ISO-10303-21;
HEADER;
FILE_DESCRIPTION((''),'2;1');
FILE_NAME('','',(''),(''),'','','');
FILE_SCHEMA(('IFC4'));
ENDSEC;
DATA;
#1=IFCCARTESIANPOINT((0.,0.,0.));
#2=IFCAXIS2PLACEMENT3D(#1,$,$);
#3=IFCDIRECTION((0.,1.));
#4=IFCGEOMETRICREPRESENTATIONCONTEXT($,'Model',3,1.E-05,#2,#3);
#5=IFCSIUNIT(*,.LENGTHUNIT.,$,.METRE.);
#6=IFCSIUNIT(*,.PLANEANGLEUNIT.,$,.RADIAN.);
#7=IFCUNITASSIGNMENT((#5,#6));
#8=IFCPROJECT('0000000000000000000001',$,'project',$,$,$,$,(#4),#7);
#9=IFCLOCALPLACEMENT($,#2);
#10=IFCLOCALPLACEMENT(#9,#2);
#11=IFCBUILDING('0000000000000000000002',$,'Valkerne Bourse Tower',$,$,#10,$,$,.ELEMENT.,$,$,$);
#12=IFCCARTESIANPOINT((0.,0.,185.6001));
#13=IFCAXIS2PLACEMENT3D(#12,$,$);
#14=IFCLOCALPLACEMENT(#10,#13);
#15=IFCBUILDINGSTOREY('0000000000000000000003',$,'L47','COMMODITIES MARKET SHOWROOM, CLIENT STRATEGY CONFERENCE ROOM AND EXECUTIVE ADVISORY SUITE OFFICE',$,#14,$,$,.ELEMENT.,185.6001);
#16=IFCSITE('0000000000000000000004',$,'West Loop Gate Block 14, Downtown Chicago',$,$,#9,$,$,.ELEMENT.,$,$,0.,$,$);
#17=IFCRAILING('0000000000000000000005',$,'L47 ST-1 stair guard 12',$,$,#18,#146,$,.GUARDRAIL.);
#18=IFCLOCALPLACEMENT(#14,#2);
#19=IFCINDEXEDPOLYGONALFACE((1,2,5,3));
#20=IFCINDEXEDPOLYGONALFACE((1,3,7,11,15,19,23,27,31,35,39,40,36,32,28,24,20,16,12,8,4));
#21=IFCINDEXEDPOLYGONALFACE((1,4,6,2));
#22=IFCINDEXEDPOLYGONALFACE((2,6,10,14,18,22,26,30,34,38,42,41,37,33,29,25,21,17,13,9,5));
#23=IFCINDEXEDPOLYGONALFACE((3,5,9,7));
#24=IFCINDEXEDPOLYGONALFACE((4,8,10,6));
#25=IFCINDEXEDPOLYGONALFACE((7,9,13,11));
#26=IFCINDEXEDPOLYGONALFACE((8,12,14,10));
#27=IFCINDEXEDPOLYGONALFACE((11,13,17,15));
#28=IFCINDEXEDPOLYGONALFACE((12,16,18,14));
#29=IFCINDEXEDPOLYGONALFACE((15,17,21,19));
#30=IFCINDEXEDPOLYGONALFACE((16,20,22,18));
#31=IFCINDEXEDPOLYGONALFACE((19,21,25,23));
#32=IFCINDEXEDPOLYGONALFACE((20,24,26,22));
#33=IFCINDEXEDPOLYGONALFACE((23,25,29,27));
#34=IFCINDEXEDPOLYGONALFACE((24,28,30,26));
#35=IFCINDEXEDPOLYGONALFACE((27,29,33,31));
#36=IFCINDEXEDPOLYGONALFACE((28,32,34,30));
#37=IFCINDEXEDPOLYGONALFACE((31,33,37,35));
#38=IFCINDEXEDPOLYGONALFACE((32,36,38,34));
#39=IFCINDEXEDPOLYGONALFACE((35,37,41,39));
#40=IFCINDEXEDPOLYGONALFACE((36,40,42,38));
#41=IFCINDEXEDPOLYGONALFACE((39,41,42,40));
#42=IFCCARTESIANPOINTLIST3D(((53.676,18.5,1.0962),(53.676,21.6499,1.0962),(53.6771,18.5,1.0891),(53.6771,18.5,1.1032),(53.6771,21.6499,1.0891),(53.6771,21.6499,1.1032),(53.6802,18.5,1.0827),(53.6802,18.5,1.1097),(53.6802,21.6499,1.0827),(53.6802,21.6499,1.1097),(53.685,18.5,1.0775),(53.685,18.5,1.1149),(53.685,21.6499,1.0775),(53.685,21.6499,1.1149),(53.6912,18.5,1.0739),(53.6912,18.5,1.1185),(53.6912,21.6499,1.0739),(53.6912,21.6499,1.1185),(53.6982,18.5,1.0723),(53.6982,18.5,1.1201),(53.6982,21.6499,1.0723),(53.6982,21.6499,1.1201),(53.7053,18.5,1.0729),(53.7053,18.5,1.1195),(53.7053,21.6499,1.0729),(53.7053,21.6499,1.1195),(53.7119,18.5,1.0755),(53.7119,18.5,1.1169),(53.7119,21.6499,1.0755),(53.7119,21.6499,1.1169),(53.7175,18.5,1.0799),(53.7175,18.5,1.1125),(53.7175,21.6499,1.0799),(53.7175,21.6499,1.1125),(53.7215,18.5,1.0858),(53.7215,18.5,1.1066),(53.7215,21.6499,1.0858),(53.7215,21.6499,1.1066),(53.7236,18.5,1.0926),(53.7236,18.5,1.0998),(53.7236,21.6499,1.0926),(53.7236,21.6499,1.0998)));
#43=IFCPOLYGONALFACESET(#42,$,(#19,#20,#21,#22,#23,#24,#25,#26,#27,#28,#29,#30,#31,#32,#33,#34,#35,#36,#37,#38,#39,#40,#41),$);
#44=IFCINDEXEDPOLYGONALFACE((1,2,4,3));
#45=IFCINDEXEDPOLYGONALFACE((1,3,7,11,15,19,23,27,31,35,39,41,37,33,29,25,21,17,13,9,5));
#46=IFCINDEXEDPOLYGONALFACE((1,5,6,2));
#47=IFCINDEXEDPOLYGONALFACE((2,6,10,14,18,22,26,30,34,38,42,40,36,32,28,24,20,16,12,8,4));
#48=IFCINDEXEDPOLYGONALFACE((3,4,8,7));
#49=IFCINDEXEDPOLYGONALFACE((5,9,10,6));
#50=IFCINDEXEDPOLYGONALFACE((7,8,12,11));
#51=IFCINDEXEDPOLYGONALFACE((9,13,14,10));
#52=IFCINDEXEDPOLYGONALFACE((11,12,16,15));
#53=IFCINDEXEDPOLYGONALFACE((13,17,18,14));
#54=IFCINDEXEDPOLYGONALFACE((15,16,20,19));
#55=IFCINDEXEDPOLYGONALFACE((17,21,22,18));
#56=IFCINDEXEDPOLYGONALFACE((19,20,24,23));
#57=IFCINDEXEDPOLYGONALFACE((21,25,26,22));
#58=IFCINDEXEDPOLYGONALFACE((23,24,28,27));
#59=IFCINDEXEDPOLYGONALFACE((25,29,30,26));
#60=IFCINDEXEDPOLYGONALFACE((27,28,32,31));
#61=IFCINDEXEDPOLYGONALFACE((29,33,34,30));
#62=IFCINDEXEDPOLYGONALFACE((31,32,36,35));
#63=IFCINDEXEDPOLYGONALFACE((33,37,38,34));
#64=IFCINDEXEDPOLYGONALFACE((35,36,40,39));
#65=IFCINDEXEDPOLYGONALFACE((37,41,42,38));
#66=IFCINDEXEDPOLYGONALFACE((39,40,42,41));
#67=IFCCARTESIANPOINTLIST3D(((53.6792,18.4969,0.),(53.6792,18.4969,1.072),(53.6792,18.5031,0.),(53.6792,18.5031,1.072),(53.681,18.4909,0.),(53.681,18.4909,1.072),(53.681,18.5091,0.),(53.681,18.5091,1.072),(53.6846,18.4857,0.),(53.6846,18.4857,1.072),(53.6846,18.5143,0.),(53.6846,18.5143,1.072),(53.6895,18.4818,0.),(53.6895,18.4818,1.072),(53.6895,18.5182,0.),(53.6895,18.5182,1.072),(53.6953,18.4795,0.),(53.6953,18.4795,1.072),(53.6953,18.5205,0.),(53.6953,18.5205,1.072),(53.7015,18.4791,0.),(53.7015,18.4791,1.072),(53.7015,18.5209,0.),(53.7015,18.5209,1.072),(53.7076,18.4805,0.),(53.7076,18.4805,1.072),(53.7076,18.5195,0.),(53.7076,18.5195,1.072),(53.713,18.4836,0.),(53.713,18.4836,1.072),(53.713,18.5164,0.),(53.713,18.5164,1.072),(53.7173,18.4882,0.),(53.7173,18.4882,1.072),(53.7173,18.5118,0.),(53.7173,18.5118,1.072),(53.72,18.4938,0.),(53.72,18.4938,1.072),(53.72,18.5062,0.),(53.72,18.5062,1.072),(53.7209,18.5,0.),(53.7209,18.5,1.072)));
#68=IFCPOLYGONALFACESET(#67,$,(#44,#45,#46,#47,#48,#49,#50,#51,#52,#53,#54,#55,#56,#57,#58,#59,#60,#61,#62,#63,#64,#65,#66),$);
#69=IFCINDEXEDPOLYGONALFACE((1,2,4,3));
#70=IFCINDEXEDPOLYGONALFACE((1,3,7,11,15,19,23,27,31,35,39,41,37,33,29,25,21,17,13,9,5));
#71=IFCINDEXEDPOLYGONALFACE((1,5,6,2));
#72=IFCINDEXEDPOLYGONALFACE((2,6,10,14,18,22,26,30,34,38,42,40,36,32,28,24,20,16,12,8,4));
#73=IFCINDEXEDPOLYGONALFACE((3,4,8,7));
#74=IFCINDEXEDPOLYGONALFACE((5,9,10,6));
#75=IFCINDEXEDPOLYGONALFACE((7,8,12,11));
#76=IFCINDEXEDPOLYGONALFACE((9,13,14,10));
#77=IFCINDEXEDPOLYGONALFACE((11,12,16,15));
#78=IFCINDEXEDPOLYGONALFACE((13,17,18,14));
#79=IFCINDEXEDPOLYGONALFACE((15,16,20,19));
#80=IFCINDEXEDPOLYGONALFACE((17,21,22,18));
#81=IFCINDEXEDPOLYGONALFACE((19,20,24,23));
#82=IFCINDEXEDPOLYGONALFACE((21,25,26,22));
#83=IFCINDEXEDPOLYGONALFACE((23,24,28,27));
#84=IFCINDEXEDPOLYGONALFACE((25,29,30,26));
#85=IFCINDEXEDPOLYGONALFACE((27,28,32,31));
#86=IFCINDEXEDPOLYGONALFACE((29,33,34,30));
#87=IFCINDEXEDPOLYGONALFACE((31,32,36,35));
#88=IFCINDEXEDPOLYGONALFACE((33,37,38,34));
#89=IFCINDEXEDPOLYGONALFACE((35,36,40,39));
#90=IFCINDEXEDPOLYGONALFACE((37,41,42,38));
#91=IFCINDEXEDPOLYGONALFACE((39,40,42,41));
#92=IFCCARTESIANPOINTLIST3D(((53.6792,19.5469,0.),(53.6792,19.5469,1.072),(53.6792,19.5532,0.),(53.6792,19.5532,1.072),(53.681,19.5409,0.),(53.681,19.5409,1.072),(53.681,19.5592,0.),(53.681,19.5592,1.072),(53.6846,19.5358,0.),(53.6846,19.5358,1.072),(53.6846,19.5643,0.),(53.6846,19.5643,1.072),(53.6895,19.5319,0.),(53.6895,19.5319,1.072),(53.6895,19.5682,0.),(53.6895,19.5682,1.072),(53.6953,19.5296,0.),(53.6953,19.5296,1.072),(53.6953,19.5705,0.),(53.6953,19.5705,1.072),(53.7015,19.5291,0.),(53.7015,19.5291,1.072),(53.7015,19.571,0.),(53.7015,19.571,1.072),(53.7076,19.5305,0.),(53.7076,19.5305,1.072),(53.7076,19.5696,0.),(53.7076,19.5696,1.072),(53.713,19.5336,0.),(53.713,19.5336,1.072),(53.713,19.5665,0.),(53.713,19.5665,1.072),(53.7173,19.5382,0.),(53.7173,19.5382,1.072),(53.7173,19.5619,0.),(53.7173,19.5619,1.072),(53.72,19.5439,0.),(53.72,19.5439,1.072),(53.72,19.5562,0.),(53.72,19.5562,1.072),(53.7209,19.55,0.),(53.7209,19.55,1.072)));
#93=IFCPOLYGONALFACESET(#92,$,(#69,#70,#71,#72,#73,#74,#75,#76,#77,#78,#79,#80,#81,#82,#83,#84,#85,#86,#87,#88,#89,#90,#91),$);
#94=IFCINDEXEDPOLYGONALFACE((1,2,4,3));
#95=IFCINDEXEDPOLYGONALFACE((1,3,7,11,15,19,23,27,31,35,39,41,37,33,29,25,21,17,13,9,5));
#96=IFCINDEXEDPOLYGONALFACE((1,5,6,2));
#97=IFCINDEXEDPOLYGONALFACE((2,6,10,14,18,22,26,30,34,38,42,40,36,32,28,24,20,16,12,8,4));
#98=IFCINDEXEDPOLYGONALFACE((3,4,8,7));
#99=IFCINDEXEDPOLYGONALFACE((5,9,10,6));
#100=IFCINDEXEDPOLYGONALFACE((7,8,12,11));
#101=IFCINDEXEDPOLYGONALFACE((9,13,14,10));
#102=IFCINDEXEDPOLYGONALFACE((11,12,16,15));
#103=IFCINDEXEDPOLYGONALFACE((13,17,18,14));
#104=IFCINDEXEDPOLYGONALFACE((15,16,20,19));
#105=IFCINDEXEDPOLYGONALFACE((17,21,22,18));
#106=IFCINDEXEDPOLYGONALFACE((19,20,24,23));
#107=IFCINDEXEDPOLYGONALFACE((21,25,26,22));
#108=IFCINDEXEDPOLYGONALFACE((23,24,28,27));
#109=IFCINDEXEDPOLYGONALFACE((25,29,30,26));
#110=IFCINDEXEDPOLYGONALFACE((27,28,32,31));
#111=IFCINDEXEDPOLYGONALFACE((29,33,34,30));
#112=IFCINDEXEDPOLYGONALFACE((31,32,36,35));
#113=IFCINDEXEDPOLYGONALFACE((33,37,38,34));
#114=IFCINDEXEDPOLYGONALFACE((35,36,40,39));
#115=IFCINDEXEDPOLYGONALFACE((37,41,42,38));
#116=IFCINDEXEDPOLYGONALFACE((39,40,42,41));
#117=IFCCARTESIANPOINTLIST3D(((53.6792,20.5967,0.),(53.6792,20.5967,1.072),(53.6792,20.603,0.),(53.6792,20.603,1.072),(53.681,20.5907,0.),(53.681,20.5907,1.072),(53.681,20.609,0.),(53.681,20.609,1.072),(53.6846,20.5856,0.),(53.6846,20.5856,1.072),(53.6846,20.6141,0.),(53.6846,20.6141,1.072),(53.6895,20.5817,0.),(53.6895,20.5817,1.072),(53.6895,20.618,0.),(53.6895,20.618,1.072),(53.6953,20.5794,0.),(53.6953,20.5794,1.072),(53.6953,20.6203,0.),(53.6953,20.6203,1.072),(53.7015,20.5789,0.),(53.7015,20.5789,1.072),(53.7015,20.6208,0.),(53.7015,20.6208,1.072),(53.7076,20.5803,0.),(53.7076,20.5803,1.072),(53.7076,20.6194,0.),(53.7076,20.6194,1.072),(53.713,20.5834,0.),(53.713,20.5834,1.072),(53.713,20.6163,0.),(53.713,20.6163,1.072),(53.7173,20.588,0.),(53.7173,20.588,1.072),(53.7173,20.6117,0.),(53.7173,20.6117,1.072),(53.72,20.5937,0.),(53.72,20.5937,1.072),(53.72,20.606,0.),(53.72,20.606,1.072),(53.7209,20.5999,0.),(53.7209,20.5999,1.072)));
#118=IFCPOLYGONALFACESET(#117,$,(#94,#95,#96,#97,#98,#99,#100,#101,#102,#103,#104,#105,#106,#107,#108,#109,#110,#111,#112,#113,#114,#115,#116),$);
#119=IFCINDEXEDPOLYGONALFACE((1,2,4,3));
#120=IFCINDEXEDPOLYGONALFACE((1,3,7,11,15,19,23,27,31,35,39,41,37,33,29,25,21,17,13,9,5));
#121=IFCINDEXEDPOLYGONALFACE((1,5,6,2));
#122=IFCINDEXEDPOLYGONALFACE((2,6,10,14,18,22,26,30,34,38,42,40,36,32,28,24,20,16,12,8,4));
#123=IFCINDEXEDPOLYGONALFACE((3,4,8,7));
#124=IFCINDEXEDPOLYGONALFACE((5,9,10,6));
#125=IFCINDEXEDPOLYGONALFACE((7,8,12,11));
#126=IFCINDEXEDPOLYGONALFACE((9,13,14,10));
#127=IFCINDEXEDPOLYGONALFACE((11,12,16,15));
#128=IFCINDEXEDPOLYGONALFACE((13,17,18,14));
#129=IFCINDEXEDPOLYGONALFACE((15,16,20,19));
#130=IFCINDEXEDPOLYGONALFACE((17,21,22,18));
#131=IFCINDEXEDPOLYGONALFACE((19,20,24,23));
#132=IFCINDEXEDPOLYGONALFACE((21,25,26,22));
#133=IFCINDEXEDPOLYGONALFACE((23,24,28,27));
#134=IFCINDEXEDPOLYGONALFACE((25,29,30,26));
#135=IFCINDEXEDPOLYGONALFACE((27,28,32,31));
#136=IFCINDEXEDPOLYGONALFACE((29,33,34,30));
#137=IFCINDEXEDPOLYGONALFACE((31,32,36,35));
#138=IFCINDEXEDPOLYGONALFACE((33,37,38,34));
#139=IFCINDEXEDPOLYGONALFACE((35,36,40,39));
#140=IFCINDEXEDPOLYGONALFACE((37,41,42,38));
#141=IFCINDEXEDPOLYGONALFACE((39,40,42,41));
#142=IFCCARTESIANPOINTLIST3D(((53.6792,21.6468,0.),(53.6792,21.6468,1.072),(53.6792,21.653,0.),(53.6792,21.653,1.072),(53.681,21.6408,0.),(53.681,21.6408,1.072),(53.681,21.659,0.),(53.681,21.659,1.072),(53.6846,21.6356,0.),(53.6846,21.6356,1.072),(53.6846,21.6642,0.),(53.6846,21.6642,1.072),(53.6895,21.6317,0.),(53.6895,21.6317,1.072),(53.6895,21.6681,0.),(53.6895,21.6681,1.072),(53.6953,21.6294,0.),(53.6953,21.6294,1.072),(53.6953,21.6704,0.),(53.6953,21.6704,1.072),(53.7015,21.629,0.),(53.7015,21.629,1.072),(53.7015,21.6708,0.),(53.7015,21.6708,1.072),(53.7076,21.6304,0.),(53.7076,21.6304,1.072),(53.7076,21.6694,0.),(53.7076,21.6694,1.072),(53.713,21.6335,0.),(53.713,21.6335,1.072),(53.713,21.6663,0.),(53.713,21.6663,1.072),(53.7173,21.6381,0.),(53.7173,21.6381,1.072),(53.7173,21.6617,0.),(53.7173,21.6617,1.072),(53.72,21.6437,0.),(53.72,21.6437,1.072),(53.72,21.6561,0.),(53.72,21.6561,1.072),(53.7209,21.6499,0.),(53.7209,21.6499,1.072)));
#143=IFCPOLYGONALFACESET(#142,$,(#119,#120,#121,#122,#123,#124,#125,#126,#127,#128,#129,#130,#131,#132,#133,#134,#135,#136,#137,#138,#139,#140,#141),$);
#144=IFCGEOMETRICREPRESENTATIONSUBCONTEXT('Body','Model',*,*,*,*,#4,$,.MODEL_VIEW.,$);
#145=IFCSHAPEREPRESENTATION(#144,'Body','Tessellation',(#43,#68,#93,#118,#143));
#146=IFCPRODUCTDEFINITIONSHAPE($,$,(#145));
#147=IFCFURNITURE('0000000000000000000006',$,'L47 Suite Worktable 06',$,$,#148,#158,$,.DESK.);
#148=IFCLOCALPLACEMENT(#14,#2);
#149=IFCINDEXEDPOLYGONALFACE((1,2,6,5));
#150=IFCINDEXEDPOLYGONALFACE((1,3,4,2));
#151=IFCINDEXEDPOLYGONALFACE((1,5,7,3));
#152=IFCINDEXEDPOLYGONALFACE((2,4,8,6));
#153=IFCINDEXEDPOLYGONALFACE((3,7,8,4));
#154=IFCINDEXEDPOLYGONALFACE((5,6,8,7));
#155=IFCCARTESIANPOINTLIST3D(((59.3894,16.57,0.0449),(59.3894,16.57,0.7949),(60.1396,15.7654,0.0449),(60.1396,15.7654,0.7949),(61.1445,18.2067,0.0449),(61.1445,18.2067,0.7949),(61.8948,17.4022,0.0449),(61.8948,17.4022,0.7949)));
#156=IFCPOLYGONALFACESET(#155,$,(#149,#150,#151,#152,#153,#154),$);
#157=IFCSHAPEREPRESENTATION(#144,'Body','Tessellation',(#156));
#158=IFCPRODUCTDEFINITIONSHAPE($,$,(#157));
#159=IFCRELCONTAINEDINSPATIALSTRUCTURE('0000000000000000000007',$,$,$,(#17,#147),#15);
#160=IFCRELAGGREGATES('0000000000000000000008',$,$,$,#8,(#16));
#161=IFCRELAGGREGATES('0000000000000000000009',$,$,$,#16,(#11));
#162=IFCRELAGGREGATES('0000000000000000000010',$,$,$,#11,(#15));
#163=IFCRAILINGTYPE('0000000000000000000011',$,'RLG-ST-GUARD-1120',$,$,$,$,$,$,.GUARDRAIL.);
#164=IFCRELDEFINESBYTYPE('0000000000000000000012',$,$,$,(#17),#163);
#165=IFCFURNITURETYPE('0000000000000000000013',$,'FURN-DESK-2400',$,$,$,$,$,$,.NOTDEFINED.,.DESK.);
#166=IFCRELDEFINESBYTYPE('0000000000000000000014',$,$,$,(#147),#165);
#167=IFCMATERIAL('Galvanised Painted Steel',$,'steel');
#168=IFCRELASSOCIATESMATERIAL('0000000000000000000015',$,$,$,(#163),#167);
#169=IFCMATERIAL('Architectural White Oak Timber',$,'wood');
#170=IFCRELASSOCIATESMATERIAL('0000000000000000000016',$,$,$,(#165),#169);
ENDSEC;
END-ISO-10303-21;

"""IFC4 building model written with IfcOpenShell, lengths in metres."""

from ifc_helpers import new_model, si_unit, direction, frame, origin, origin_2d, place, context, subcontext, project, spatial, rectangle, circle, extrude, material, type_object, element, save


model = new_model("IFC4")

# Units and contexts
model_context = context("Model", 3, precision=1e-05, world=origin(), true_north=direction((0.0, 1.0)))
body_context = subcontext(model_context, "Body", "Model", "MODEL_VIEW")
ifc_project = project(units=[si_unit("LENGTHUNIT", "METRE"), si_unit("PLANEANGLEUNIT", "RADIAN")], contexts=[model_context])

# Site, building, storey
site_placement = place(None, origin())
site = spatial("IfcSite", under=ifc_project, at=site_placement, Name="West Loop Gate Block 14, Downtown Chicago", CompositionType="ELEMENT", RefElevation=0.0)
building_placement = place(site_placement, origin())
building = spatial("IfcBuilding", under=site, at=building_placement, Name="Valkerne Bourse Tower", CompositionType="ELEMENT")
storey_placement = place(building_placement, frame((0.0, 0.0, 185.6001)))
storey = spatial("IfcBuildingStorey", under=building, at=storey_placement, Name="L47", Description="COMMODITIES MARKET SHOWROOM, CLIENT STRATEGY CONFERENCE ROOM AND EXECUTIVE ADVISORY SUITE OFFICE", CompositionType="ELEMENT", Elevation=185.6001)

# Shared definitions
ifc_material_1 = material(Name="Architectural White Oak Timber", Category="wood")

# Railing
ifc_material_2 = material(Name="Galvanised Painted Steel", Category="steel")
railing_type = type_object("IfcRailingType", Name="RLG-ST-GUARD-1120", PredefinedType="GUARDRAIL", material=ifc_material_2)
railing_placement = place(storey_placement, frame((53.7, 18.5, 0.0)))
element("IfcRailing", 1, at=railing_placement, inside=storey, type_object=railing_type, Name="L47 ST-1 stair guard 12", PredefinedType="GUARDRAIL", context=body_context, shape_type="SweptSolid", body=[
    extrude(circle(Radius=0.0239, at=origin_2d()), frame((0.0, 0.0, 1.0962), z_axis=(0.0, 1.0, 0.0), x_axis=(-1.0, 0.0, 0.0)), (0.0, 0.0, 1.0), 3.1499),
    extrude(circle(Radius=0.021, at=origin_2d()), origin(), (0.0, 0.0, 1.0), 1.072),
    extrude(circle(Radius=0.021, at=origin_2d()), frame((0.0, 1.05, 0.0)), (0.0, 0.0, 1.0), 1.072),
    extrude(circle(Radius=0.021, at=origin_2d()), frame((0.0, 2.0999, 0.0)), (0.0, 0.0, 1.0), 1.072),
    extrude(circle(Radius=0.021, at=origin_2d()), frame((0.0, 3.1499, 0.0)), (0.0, 0.0, 1.0), 1.072),
])

# Furniture
furniture_type = type_object("IfcFurnitureType", Name="FURN-DESK-2400", AssemblyPlace="NOTDEFINED", PredefinedType="DESK", material=ifc_material_1)
furniture_placement = place(storey_placement, frame((60.6421, 16.9861, 0.0449), z_axis=(0.0, 0.0, 1.0), x_axis=(0.731354, 0.681998, 0.0)))
element("IfcFurniture", 2, at=furniture_placement, inside=storey, type_object=furniture_type, Name="L47 Suite Worktable 06", PredefinedType="DESK", context=body_context, shape_type="SweptSolid", body=[
    extrude(rectangle(XDim=2.3999, YDim=1.1001, at=origin_2d()), origin(), (0.0, 0.0, 1.0), 0.75),
])

save(model, "model.ifc")
